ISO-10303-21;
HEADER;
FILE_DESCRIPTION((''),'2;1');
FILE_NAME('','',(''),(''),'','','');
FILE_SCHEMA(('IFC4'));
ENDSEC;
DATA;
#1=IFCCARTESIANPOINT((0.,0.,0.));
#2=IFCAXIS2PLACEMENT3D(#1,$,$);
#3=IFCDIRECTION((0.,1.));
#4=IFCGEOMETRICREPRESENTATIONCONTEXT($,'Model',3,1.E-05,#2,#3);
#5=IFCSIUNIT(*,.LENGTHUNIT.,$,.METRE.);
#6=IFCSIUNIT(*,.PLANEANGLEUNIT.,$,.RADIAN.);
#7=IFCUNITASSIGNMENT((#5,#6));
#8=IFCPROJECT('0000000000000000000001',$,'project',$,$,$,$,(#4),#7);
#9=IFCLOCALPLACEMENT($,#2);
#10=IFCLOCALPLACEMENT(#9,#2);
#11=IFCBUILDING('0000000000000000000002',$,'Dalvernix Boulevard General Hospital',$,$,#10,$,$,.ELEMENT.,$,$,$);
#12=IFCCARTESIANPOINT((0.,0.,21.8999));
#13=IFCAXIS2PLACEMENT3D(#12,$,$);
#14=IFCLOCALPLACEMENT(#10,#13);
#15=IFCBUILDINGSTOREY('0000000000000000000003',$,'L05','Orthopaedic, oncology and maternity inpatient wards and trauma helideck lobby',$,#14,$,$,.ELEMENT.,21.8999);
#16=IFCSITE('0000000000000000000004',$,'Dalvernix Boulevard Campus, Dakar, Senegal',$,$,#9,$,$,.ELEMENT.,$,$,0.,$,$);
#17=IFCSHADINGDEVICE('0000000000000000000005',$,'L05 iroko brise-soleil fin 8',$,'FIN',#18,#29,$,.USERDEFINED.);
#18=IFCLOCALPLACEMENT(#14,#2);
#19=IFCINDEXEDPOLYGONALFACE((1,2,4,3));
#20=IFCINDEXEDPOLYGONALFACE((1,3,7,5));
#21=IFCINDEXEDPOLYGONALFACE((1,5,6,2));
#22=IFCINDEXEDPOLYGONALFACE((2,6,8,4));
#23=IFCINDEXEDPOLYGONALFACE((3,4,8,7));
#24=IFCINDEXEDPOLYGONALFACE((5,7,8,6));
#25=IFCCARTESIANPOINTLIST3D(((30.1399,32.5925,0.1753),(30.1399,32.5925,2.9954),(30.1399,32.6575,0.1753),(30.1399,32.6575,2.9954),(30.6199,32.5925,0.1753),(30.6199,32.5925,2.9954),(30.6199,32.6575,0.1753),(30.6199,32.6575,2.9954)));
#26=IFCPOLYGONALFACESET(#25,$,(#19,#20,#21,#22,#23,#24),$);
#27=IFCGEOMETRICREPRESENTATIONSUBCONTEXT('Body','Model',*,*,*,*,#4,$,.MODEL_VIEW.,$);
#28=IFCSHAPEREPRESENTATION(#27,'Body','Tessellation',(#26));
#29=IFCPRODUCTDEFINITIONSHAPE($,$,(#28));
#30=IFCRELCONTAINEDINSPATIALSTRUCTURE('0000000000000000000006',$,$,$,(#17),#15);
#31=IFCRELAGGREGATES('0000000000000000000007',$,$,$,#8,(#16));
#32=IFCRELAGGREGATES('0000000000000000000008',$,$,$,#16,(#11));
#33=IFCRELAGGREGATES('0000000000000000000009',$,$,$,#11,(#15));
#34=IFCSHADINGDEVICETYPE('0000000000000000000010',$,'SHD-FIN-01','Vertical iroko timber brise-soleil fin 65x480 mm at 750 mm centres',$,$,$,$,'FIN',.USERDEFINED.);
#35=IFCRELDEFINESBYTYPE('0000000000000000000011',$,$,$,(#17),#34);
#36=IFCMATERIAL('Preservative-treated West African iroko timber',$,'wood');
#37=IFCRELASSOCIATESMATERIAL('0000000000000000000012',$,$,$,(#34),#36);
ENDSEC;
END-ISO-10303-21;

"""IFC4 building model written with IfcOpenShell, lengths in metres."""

from ifc_helpers import new_model, si_unit, direction, frame, origin, origin_2d, place, context, subcontext, project, spatial, rectangle, extrude, material, type_object, element, save


model = new_model("IFC4")

# Units and contexts
model_context = context("Model", 3, precision=1e-05, world=origin(), true_north=direction((0.0, 1.0)))
body_context = subcontext(model_context, "Body", "Model", "MODEL_VIEW")
ifc_project = project(units=[si_unit("LENGTHUNIT", "METRE"), si_unit("PLANEANGLEUNIT", "RADIAN")], contexts=[model_context])

# Site, building, storey
site_placement = place(None, origin())
site = spatial("IfcSite", under=ifc_project, at=site_placement, Name="Dalvernix Boulevard Campus, Dakar, Senegal", CompositionType="ELEMENT", RefElevation=0.0)
building_placement = place(site_placement, origin())
building = spatial("IfcBuilding", under=site, at=building_placement, Name="Dalvernix Boulevard General Hospital", CompositionType="ELEMENT")
storey_placement = place(building_placement, frame((0.0, 0.0, 21.8999)))
storey = spatial("IfcBuildingStorey", under=building, at=storey_placement, Name="L05", Description="Orthopaedic, oncology and maternity inpatient wards and trauma helideck lobby", CompositionType="ELEMENT", Elevation=21.8999)

# Shading device
ifc_material_1 = material(Name="Preservative-treated West African iroko timber", Category="wood")
shading_device_type = type_object("IfcShadingDeviceType", Name="SHD-FIN-01", Description="Vertical iroko timber brise-soleil fin 65x480 mm at 750 mm centres", ElementType="FIN", PredefinedType="USERDEFINED", material=ifc_material_1)
shading_device_placement = place(storey_placement, frame((30.3799, 32.625, 0.1753), z_axis=(0.0, 0.0, 1.0), x_axis=(0.0, -1.0, 0.0)))
element("IfcShadingDevice", 1, at=shading_device_placement, inside=storey, type_object=shading_device_type, Name="L05 iroko brise-soleil fin 8", ObjectType="FIN", PredefinedType="USERDEFINED", context=body_context, shape_type="SweptSolid", body=[
    extrude(rectangle(XDim=0.0649, YDim=0.48, at=origin_2d()), origin(), (0.0, 0.0, 1.0), 2.8201),
])

save(model, "model.ifc")
